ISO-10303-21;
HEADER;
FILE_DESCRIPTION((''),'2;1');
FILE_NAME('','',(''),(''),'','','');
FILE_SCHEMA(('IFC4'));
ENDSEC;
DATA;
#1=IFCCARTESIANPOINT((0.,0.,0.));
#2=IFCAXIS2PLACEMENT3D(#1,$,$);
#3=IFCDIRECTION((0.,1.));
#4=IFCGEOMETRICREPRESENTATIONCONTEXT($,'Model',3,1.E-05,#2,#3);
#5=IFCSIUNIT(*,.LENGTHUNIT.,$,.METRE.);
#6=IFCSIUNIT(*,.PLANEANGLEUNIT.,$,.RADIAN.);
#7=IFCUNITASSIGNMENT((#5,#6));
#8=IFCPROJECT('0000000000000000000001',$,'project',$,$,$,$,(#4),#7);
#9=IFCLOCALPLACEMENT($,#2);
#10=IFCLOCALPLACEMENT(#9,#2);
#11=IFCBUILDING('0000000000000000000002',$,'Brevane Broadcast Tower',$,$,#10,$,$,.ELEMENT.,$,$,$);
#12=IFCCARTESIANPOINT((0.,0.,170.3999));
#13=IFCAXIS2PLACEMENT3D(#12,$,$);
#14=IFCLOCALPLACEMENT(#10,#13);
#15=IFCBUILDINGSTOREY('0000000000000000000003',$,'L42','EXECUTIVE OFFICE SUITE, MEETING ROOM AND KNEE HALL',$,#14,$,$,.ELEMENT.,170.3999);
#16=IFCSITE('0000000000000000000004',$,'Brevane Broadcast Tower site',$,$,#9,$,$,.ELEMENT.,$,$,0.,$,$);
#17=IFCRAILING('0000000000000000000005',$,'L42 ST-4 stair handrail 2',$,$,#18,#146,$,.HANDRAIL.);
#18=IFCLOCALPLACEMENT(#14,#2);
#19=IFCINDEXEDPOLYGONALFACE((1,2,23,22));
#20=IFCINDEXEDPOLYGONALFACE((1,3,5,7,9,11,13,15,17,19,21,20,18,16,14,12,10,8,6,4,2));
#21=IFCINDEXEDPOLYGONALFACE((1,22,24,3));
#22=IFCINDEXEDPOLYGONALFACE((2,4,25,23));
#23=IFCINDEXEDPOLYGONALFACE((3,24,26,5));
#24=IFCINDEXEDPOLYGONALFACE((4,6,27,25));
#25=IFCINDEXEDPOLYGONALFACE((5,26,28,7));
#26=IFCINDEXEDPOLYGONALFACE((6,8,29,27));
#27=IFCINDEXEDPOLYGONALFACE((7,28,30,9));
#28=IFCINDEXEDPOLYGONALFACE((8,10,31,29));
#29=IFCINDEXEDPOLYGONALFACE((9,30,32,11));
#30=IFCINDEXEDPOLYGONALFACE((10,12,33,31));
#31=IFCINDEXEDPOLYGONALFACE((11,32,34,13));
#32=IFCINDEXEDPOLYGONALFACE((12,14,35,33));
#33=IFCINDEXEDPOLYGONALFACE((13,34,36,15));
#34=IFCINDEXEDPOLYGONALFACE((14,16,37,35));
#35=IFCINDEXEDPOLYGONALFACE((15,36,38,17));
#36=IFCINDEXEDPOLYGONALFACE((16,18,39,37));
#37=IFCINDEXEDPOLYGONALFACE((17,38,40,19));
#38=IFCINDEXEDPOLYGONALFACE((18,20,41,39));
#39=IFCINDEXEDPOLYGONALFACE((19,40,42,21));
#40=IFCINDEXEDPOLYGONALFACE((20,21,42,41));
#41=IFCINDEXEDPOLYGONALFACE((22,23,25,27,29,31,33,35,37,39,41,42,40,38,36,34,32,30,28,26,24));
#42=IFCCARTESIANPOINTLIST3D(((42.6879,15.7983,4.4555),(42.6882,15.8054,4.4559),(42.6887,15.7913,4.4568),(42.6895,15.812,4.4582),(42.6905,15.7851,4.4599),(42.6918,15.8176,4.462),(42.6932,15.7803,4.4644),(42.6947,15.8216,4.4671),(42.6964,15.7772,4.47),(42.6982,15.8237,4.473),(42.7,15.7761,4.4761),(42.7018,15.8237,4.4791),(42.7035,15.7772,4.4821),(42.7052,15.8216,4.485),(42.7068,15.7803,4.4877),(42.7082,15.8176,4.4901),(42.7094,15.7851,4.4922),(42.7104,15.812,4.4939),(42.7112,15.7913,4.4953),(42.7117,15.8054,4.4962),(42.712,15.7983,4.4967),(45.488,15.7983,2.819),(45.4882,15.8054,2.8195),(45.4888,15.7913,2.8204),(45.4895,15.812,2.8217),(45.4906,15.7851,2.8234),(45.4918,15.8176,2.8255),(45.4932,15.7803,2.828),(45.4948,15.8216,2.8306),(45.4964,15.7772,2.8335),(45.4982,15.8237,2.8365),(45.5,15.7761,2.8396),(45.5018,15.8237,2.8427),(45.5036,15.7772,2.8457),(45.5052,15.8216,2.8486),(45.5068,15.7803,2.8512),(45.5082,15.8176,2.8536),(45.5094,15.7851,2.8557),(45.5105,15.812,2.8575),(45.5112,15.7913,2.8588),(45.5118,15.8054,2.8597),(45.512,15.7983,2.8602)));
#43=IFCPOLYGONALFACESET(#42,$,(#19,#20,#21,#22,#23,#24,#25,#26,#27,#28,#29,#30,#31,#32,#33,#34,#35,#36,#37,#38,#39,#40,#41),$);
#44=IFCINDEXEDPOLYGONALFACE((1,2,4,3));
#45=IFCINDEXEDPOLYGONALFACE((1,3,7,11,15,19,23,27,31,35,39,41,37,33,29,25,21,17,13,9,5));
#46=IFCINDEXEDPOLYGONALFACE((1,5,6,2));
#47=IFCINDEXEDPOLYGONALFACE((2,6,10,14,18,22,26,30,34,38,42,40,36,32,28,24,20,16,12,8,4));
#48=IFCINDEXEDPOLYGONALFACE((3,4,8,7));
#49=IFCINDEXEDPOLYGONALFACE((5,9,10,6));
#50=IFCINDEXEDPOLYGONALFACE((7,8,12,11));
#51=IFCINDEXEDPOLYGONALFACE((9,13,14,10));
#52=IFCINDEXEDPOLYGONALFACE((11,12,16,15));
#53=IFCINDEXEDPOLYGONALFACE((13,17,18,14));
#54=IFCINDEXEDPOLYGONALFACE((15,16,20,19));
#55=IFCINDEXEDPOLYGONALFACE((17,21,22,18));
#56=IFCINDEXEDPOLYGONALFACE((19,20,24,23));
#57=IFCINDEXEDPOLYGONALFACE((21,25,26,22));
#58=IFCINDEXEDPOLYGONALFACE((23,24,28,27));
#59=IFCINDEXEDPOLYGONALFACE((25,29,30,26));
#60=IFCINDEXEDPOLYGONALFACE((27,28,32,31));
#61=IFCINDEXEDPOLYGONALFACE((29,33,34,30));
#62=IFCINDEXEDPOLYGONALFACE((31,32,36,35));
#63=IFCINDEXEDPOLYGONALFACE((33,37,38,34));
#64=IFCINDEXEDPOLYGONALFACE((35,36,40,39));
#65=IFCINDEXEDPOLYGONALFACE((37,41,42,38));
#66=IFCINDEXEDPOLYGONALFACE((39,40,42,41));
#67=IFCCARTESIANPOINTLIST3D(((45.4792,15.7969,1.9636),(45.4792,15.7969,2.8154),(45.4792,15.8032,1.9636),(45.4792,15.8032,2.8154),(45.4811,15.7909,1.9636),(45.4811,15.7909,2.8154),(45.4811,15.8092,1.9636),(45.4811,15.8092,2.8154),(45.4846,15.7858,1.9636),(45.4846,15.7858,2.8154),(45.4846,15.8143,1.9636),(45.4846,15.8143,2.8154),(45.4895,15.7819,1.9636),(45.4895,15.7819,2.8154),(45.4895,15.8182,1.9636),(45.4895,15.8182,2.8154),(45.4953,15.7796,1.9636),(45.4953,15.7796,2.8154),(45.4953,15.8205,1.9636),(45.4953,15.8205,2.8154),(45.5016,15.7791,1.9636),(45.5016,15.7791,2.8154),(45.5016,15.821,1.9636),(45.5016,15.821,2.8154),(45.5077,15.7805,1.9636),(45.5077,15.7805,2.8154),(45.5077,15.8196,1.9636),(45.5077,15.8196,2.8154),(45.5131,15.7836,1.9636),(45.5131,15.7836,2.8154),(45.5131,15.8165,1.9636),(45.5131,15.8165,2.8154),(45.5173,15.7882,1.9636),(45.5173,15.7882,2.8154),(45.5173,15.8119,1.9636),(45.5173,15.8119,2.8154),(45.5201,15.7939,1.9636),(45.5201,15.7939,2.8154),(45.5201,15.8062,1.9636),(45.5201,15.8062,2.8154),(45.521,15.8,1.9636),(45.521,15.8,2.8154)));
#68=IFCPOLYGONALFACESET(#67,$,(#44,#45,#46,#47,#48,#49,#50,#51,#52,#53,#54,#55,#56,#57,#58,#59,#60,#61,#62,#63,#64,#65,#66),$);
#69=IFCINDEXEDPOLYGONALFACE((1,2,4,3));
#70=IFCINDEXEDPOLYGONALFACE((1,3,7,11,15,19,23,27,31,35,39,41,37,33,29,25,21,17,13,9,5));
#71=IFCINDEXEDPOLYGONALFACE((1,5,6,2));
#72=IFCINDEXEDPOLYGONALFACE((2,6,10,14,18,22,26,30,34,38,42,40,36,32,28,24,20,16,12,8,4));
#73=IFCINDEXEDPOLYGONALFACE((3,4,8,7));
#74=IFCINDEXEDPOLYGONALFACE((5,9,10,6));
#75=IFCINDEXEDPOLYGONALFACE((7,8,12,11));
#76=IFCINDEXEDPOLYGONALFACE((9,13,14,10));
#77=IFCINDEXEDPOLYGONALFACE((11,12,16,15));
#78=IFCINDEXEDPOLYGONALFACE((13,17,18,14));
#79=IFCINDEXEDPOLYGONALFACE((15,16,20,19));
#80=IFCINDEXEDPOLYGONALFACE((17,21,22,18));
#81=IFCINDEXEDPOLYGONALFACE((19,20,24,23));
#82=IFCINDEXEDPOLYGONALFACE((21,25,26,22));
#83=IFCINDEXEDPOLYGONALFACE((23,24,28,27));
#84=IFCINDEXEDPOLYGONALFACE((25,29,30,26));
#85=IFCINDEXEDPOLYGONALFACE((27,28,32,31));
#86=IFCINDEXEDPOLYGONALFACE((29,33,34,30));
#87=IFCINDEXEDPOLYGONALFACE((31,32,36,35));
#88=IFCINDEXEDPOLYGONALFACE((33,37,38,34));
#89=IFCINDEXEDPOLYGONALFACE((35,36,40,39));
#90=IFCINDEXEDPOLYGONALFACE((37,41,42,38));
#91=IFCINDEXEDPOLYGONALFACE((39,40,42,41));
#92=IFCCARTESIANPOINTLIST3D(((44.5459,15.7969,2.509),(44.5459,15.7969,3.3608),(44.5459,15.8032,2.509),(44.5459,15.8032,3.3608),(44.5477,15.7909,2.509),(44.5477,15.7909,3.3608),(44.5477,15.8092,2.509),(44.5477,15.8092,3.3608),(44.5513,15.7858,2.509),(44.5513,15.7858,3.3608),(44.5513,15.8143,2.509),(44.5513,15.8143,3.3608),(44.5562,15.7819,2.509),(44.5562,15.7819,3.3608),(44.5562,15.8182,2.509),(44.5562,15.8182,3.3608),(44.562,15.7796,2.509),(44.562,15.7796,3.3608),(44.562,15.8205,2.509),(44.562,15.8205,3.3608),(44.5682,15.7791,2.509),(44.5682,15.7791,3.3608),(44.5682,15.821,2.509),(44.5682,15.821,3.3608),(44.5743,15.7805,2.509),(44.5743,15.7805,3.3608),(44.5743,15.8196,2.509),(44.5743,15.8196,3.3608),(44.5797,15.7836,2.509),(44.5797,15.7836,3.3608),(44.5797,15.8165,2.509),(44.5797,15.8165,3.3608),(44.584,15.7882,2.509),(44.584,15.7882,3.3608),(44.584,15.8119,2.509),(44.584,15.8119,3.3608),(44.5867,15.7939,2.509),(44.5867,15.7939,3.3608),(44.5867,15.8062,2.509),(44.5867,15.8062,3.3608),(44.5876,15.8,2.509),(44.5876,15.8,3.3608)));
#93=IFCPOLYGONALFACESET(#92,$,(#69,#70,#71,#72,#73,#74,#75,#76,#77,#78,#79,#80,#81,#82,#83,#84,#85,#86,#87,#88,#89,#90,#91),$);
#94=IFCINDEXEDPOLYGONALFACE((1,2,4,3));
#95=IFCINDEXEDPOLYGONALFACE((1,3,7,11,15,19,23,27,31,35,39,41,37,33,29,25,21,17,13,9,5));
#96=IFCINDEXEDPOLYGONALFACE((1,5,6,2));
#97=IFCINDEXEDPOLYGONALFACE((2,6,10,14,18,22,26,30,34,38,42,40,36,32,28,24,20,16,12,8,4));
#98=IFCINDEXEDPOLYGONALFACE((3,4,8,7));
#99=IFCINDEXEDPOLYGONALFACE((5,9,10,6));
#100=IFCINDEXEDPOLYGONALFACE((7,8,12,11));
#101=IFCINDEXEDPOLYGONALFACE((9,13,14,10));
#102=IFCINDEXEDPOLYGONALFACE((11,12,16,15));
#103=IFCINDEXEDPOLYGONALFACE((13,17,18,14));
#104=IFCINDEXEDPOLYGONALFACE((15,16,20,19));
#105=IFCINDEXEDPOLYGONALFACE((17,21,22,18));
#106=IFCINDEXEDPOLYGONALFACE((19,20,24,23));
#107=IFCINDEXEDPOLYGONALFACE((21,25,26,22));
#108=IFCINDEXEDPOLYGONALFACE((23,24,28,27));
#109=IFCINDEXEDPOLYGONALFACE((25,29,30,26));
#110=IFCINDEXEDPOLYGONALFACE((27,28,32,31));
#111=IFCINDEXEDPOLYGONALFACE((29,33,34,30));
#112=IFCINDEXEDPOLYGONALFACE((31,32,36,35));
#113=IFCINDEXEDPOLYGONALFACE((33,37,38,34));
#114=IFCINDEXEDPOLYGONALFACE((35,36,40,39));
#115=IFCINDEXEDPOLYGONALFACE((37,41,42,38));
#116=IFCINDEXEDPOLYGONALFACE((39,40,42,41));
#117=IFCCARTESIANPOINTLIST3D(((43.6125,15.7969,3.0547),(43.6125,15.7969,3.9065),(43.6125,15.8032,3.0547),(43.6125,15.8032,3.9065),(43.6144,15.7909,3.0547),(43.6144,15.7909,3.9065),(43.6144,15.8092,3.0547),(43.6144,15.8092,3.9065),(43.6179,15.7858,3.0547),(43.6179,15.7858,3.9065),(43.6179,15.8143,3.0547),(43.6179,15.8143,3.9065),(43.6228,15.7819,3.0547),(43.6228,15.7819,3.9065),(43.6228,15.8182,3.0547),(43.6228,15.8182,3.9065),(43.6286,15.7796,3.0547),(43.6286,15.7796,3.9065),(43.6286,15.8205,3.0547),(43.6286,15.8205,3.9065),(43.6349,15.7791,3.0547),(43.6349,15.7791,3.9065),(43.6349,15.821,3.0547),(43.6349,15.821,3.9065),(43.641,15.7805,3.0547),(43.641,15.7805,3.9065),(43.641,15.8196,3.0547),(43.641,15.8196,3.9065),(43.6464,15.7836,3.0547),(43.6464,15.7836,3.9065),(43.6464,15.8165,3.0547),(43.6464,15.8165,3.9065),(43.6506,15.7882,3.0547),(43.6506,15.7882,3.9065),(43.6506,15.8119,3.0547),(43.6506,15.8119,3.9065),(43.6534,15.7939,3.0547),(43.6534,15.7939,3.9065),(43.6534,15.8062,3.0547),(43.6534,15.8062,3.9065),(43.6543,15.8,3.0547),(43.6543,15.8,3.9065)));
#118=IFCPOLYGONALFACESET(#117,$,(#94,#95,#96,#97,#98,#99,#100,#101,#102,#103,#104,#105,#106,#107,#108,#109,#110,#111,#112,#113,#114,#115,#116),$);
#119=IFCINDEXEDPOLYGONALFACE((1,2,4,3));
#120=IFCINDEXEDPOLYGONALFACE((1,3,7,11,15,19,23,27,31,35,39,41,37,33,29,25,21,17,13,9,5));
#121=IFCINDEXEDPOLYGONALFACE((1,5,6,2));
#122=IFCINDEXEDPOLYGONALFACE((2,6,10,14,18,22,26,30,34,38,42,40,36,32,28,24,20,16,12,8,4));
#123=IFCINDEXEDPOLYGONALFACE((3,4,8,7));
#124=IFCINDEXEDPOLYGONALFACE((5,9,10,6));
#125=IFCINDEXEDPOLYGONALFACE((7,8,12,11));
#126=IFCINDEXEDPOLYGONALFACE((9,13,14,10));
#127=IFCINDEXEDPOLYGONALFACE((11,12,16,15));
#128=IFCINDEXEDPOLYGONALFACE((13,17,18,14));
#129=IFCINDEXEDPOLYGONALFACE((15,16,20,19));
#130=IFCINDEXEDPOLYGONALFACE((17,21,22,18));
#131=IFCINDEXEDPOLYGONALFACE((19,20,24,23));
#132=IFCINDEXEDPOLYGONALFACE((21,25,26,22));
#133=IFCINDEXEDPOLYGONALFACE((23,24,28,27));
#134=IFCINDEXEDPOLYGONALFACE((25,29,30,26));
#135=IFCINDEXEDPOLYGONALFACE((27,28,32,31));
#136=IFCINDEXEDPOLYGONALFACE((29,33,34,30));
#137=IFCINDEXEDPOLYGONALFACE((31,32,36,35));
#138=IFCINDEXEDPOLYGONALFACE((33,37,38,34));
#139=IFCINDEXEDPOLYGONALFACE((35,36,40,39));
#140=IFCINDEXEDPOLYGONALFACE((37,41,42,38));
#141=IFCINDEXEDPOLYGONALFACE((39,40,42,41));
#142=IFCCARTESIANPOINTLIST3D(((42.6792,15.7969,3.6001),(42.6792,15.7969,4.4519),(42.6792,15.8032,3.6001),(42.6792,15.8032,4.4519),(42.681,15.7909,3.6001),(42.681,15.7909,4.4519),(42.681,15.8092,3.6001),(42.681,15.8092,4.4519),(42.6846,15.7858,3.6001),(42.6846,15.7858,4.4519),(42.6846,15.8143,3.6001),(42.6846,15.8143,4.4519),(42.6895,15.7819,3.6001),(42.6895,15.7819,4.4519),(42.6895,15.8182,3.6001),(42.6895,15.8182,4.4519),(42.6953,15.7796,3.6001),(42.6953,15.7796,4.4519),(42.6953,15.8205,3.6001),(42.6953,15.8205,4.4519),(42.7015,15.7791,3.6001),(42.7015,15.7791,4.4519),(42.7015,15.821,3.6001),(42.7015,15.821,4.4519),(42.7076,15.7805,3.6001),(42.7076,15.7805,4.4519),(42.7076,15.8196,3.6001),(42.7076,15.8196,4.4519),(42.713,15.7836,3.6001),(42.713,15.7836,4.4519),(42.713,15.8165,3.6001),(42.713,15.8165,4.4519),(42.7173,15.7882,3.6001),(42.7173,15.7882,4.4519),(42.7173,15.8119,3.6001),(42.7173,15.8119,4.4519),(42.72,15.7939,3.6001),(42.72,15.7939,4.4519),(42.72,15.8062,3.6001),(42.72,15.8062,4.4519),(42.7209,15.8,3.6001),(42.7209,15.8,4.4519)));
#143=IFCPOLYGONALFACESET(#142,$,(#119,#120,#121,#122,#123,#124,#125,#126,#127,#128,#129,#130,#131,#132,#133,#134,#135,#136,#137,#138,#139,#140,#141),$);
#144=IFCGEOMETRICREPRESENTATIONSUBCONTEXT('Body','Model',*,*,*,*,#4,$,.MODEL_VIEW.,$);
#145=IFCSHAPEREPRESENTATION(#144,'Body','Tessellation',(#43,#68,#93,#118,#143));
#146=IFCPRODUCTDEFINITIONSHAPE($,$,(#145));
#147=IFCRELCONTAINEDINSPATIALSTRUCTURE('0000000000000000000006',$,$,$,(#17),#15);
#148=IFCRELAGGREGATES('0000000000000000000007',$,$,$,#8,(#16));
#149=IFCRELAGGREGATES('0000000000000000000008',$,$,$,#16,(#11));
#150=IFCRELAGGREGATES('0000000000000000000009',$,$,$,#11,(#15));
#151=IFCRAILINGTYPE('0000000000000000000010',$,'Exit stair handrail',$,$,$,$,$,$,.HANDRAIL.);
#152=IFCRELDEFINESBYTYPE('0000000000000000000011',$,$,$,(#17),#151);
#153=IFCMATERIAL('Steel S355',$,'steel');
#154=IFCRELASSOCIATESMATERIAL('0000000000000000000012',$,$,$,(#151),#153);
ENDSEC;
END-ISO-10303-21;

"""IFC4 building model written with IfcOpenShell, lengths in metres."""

from ifc_helpers import new_model, si_unit, direction, frame, origin, origin_2d, place, context, subcontext, project, spatial, circle, extrude, material, type_object, element, save


model = new_model("IFC4")

# Units and contexts
model_context = context("Model", 3, precision=1e-05, world=origin(), true_north=direction((0.0, 1.0)))
body_context = subcontext(model_context, "Body", "Model", "MODEL_VIEW")
ifc_project = project(units=[si_unit("LENGTHUNIT", "METRE"), si_unit("PLANEANGLEUNIT", "RADIAN")], contexts=[model_context])

# Site, building, storey
site_placement = place(None, origin())
site = spatial("IfcSite", under=ifc_project, at=site_placement, Name="Brevane Broadcast Tower site", CompositionType="ELEMENT", RefElevation=0.0)
building_placement = place(site_placement, origin())
building = spatial("IfcBuilding", under=site, at=building_placement, Name="Brevane Broadcast Tower", CompositionType="ELEMENT")
storey_placement = place(building_placement, frame((0.0, 0.0, 170.3999)))
storey = spatial("IfcBuildingStorey", under=building, at=storey_placement, Name="L42", Description="EXECUTIVE OFFICE SUITE, MEETING ROOM AND KNEE HALL", CompositionType="ELEMENT", Elevation=170.3999)

# Railing
ifc_material_1 = material(Name="Steel S355", Category="steel")
railing_type_1 = type_object("IfcRailingType", Name="Exit stair handrail", PredefinedType="HANDRAIL", material=ifc_material_1)
railing_1_placement = place(storey_placement, frame((45.5, 15.8, 1.9636)))
element("IfcRailing", 1, at=railing_1_placement, inside=storey, type_object=railing_type_1, Name="L42 ST-4 stair handrail 2", PredefinedType="HANDRAIL", context=body_context, shape_type="SweptSolid", body=[
    extrude(circle(Radius=0.0239, at=origin_2d()), frame((0.0, 0.0, 0.876), z_axis=(-0.863361, 0.0, 0.504587), x_axis=(0.0, -1.0, 0.0)), (0.0, 0.0, 1.0), 3.2432),
    extrude(circle(Radius=0.021, at=origin_2d()), origin(), (0.0, 0.0, 1.0), 0.8518),
    extrude(circle(Radius=0.021, at=origin_2d()), frame((-0.9333, 0.0, 0.5454)), (0.0, 0.0, 1.0), 0.8518),
    extrude(circle(Radius=0.021, at=origin_2d()), frame((-1.8667, 0.0, 1.0911)), (0.0, 0.0, 1.0), 0.8518),
    extrude(circle(Radius=0.021, at=origin_2d()), frame((-2.8, 0.0, 1.6365)), (0.0, 0.0, 1.0), 0.8518),
])

save(model, "model.ifc")
